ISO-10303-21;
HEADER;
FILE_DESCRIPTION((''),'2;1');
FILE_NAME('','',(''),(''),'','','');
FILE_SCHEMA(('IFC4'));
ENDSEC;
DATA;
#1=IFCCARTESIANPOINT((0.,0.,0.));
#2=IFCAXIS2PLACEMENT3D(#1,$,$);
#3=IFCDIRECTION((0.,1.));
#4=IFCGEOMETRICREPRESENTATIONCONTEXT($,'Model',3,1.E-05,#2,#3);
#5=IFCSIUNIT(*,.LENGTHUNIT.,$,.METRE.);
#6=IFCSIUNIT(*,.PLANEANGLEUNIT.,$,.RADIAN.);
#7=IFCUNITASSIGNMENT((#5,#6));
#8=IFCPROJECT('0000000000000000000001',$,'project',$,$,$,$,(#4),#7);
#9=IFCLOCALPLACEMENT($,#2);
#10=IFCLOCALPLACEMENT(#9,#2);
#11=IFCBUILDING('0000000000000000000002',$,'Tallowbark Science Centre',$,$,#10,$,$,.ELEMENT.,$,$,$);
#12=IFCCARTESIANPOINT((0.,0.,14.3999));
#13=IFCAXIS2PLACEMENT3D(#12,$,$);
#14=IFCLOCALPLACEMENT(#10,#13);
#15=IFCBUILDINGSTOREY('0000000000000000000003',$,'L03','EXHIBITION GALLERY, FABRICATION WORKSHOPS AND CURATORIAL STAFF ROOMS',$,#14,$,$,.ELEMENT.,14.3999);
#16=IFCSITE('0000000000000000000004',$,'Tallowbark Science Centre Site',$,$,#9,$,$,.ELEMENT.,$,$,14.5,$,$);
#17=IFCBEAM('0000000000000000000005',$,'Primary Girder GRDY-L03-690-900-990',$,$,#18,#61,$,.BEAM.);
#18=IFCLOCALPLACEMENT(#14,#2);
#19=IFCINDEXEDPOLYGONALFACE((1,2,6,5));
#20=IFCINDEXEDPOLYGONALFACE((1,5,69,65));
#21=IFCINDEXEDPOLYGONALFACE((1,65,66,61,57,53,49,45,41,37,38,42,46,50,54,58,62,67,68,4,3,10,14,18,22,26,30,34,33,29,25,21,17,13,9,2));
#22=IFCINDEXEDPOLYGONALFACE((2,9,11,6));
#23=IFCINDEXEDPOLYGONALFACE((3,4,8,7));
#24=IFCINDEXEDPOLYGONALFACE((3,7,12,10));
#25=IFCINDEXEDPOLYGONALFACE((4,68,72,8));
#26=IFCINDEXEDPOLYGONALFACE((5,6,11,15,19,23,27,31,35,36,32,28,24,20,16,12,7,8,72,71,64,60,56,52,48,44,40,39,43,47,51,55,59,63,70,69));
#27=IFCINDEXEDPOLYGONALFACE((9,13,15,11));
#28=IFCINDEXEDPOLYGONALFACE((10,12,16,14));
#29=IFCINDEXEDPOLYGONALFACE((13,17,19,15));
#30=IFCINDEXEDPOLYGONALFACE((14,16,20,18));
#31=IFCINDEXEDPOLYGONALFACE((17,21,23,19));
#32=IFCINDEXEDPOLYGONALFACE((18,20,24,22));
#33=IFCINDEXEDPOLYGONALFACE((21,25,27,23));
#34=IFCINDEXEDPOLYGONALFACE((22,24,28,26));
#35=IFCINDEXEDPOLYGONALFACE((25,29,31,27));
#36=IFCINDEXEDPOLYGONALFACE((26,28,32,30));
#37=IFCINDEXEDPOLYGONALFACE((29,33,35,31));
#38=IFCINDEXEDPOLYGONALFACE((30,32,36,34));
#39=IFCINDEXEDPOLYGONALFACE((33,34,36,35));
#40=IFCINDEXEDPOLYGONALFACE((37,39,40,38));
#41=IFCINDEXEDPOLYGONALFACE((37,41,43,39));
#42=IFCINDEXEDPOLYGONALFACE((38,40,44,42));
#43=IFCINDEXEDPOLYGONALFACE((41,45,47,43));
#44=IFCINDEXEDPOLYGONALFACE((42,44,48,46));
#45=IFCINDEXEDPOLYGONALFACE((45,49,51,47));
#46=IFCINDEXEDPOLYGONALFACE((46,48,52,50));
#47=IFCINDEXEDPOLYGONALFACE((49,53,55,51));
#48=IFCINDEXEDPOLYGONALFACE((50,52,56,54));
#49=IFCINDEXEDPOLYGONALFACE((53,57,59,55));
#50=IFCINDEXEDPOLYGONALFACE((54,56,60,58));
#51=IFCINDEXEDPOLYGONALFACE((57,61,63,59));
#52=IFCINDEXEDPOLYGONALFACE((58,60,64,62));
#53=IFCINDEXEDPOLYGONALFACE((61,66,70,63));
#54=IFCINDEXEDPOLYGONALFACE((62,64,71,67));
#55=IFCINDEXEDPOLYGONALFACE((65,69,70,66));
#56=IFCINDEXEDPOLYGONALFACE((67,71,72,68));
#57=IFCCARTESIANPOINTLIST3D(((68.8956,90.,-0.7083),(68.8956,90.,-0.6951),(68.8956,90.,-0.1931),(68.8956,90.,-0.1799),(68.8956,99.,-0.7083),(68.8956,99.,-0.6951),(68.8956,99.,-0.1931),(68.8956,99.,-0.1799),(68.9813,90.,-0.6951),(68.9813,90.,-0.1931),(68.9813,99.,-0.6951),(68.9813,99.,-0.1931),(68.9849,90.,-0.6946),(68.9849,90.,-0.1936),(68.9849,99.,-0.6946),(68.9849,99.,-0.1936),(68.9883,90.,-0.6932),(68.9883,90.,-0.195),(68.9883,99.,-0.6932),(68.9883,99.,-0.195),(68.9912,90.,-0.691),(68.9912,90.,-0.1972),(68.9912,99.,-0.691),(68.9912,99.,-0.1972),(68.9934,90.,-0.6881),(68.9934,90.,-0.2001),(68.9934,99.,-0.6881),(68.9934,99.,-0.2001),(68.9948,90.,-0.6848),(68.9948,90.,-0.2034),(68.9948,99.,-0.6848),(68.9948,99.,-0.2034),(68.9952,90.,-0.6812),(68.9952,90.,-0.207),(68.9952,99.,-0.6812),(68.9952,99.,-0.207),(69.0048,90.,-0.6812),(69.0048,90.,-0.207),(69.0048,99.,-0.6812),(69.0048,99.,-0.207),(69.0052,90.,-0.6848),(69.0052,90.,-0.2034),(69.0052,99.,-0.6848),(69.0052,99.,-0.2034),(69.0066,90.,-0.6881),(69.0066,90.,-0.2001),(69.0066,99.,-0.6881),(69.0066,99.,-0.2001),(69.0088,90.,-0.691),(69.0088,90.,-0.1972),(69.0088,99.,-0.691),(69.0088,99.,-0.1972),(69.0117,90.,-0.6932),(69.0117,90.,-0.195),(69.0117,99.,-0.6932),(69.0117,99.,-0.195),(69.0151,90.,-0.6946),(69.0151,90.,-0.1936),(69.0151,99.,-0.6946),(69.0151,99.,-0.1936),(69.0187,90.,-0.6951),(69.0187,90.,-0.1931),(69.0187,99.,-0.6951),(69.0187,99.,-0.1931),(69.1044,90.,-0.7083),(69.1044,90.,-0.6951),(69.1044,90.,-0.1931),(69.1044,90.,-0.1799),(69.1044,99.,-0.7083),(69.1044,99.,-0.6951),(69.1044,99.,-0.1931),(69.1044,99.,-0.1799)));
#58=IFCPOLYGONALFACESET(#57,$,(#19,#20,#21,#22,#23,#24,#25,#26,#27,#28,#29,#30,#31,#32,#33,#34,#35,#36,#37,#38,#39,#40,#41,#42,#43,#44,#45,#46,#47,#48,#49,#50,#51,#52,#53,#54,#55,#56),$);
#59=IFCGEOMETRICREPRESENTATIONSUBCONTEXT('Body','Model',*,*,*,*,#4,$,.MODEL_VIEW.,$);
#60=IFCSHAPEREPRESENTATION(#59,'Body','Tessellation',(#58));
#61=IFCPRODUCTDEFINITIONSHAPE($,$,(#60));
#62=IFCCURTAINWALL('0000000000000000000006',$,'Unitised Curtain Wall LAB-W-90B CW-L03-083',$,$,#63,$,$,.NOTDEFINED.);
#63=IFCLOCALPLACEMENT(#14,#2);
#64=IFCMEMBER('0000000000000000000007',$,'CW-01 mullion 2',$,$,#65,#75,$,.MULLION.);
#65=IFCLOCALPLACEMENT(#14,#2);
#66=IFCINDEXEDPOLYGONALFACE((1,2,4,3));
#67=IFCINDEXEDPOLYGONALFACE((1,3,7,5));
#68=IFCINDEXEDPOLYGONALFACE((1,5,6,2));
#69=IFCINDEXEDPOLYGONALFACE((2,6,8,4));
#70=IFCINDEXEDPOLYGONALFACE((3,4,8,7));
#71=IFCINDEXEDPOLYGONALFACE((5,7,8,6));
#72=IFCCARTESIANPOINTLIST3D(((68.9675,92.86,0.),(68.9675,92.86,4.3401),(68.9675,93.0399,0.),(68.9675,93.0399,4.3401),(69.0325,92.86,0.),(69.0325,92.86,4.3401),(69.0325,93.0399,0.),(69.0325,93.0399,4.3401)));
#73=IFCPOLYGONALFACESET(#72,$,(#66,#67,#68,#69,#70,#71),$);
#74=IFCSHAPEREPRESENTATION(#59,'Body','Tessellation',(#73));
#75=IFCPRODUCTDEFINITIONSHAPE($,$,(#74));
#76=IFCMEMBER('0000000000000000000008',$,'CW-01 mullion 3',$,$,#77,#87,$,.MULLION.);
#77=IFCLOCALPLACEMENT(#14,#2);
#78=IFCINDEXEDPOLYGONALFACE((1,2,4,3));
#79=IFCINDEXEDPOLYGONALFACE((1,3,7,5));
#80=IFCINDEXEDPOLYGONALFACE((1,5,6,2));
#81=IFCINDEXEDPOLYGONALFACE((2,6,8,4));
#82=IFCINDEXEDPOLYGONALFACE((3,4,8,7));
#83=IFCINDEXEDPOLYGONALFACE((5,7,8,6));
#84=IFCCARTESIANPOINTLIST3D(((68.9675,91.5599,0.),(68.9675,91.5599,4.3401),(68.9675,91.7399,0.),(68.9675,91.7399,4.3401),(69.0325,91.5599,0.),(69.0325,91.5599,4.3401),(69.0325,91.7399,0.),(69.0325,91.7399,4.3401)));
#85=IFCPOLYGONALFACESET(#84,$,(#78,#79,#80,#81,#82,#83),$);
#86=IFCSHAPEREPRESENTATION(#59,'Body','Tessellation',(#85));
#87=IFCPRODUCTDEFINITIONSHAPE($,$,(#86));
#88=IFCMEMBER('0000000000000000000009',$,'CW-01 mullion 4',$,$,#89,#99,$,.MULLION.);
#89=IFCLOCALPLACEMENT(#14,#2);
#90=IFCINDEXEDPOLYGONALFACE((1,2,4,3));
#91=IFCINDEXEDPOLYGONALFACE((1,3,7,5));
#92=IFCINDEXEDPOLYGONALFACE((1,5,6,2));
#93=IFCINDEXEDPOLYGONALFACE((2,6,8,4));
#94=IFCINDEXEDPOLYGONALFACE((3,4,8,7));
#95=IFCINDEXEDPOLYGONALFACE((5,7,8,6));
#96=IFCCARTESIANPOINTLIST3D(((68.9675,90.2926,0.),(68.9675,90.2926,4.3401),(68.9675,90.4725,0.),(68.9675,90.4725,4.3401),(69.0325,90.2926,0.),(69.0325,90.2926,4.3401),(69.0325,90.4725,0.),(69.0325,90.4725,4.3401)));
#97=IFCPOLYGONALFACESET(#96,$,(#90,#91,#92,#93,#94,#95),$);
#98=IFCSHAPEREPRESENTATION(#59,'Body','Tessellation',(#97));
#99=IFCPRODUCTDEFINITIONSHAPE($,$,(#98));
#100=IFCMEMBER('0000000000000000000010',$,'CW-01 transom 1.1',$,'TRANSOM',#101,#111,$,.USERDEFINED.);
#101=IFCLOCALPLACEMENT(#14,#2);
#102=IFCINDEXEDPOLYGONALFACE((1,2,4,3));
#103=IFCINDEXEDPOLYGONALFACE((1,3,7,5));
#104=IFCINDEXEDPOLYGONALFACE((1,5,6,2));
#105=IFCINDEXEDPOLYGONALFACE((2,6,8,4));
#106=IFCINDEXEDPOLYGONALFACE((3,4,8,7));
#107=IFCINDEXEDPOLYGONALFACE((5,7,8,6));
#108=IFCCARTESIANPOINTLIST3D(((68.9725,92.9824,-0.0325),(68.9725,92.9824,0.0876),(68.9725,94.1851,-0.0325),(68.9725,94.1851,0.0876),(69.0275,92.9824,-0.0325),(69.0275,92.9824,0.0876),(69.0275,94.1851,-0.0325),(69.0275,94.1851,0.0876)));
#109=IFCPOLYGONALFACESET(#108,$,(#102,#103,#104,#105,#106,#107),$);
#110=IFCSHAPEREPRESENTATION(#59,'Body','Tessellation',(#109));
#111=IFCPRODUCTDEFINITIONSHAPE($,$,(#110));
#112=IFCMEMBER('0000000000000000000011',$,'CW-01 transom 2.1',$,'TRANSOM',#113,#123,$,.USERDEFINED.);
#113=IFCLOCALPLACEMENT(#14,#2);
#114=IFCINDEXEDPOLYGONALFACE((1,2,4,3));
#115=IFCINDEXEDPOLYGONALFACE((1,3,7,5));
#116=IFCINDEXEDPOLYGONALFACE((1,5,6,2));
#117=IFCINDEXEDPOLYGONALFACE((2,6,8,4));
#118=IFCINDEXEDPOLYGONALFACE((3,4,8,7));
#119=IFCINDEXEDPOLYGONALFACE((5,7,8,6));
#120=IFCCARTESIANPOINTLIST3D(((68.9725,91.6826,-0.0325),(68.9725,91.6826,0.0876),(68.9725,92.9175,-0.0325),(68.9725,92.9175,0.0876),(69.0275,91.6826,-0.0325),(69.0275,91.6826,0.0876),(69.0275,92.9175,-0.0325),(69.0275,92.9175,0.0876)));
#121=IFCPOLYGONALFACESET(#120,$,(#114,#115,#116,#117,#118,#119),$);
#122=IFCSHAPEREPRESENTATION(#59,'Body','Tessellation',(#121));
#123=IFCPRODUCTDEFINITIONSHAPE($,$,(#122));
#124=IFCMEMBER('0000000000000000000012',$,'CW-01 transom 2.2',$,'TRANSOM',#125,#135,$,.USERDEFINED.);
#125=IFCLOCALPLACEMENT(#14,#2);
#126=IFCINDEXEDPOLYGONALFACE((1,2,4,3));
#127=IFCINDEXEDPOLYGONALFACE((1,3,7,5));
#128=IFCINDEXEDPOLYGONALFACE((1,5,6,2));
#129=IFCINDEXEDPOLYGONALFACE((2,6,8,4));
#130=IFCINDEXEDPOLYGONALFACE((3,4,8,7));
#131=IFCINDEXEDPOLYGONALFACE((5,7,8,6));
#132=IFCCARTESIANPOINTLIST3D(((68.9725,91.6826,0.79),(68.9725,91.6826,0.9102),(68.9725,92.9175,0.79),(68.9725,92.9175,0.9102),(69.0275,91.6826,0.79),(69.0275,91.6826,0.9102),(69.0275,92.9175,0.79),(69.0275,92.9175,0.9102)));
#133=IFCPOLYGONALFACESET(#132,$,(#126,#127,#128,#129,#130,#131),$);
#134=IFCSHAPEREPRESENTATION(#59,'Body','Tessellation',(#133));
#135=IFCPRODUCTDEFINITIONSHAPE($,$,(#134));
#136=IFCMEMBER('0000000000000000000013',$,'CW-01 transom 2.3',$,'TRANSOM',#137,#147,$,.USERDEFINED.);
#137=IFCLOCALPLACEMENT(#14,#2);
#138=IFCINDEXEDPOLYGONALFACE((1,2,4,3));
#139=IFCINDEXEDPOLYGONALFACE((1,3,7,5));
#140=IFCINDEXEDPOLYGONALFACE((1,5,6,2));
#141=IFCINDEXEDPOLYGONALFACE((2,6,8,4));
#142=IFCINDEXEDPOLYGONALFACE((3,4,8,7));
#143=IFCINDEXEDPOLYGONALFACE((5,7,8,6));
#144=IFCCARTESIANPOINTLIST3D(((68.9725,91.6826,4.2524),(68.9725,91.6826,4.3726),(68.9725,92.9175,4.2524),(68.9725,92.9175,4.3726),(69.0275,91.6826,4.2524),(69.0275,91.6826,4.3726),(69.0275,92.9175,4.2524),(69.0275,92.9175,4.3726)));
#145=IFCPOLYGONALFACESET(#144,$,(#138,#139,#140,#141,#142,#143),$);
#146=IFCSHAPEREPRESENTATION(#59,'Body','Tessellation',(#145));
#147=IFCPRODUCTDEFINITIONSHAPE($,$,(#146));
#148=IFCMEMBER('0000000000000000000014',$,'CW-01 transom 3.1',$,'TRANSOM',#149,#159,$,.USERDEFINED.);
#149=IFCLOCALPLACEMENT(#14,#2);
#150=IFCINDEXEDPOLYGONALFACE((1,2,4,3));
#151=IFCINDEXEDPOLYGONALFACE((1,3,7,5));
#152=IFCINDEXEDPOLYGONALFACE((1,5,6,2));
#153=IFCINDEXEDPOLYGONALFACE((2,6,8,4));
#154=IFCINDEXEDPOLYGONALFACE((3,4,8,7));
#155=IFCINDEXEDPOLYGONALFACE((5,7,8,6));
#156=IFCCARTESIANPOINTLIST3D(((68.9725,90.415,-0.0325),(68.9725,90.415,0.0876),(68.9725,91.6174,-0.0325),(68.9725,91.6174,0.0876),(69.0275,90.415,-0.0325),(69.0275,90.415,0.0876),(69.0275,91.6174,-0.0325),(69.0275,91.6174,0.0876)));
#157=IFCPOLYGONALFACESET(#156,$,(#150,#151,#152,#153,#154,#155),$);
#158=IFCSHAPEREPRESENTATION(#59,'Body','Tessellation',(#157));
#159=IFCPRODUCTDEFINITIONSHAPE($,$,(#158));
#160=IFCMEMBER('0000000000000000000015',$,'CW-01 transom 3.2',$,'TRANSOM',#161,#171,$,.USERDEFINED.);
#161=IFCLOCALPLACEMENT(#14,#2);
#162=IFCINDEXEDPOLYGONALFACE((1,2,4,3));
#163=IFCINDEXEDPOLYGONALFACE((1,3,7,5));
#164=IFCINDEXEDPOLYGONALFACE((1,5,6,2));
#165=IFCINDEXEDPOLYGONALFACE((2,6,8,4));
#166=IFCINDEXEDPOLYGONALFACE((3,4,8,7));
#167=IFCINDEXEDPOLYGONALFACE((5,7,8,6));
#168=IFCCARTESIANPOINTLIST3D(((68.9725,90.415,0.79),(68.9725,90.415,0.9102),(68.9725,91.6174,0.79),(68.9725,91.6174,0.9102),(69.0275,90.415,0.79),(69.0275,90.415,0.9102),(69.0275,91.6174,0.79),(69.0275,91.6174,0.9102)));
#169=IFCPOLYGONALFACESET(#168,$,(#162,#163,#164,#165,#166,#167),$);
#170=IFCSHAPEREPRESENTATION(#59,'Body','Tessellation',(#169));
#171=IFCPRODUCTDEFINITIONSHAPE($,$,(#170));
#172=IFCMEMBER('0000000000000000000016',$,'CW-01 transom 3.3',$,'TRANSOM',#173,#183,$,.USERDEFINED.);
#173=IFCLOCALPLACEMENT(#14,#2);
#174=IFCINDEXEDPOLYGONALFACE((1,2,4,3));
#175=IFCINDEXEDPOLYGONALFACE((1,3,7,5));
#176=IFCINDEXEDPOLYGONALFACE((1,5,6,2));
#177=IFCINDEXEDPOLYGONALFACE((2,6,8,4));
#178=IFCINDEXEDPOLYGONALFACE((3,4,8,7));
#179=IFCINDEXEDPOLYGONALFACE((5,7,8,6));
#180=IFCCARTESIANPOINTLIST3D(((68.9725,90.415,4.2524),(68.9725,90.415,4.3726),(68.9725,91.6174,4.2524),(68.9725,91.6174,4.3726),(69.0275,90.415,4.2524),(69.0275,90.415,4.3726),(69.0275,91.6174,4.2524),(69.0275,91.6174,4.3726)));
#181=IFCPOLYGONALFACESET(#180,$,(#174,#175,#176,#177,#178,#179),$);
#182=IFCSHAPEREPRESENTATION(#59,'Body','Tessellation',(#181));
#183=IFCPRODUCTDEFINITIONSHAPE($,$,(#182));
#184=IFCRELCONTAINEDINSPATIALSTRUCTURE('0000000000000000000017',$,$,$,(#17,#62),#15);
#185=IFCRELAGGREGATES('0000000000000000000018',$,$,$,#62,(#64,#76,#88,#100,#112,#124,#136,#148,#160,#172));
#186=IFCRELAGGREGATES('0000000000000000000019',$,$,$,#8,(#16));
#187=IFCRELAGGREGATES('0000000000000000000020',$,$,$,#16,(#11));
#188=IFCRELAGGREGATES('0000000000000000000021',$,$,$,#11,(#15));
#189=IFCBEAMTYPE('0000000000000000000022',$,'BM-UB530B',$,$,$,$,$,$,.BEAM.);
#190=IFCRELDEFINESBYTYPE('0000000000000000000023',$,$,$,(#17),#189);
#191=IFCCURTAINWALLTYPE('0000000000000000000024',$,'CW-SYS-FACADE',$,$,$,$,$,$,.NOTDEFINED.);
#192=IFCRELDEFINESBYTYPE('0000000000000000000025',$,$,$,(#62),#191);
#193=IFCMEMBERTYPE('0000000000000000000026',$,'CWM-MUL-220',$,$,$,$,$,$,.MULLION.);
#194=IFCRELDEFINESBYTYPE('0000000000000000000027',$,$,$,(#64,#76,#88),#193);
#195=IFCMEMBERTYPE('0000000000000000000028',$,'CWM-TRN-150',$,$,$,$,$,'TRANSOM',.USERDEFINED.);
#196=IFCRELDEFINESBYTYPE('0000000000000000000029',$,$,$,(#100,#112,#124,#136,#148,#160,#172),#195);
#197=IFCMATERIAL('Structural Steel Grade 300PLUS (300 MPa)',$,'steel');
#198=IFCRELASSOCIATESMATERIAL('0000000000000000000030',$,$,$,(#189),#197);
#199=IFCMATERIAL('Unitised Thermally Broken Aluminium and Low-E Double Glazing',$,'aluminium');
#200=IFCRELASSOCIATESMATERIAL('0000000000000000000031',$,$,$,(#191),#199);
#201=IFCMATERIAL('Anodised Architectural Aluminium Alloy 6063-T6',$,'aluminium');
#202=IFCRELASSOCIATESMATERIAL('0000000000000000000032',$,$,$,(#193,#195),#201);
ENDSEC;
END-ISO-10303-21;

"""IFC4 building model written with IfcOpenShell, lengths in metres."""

from ifc_helpers import new_model, si_unit, direction, frame, origin, origin_2d, place, context, subcontext, project, spatial, rectangle, i_section, extrude, material, material_profile, profile_set, type_object, element, aggregate, save


model = new_model("IFC4")

# Units and contexts
model_context = context("Model", 3, precision=1e-05, world=origin(), true_north=direction((0.0, 1.0)))
body_context = subcontext(model_context, "Body", "Model", "MODEL_VIEW")
ifc_project = project(units=[si_unit("LENGTHUNIT", "METRE"), si_unit("PLANEANGLEUNIT", "RADIAN")], contexts=[model_context])

# Site, building, storey
site_placement = place(None, origin())
site = spatial("IfcSite", under=ifc_project, at=site_placement, Name="Tallowbark Science Centre Site", CompositionType="ELEMENT", RefElevation=14.5)
building_placement = place(site_placement, origin())
building = spatial("IfcBuilding", under=site, at=building_placement, Name="Tallowbark Science Centre", CompositionType="ELEMENT")
storey_placement = place(building_placement, frame((0.0, 0.0, 14.3999)))
storey = spatial("IfcBuildingStorey", under=building, at=storey_placement, Name="L03", Description="EXHIBITION GALLERY, FABRICATION WORKSHOPS AND CURATORIAL STAFF ROOMS", CompositionType="ELEMENT", Elevation=14.3999)

# Shared definitions
ifc_material_1 = material(Name="Structural Steel Grade 300PLUS (300 MPa)", Category="steel")

# Beam
ifc_material_profile_1 = material_profile(ifc_material_1, i_section(OverallWidth=0.2087, OverallDepth=0.5283, WebThickness=0.0095, FlangeThickness=0.0132, FilletRadius=0.0139, at=origin_2d()), Name="530UB82.0")
ifc_profile_set_1 = profile_set([ifc_material_profile_1], Name="Structural Steel Grade 300PLUS (300 MPa)")
beam_type_1 = type_object("IfcBeamType", Name="BM-UB530B", PredefinedType="BEAM", material=ifc_profile_set_1)
for number, where, z_axis, x_axis, name in (
    (1, (69.0, 90.0, -0.4441), (0.0, 1.0, 0.0), (-1.0, 0.0, 0.0), "Primary Girder GRDY-L03-690-900-990"),
):
    element("IfcBeam", number, at=place(storey_placement, frame(where, z_axis=z_axis, x_axis=x_axis)), inside=storey, type_object=beam_type_1, Name=name, PredefinedType="BEAM", context=body_context, shape_type="SweptSolid", body=[
        extrude(i_section(OverallWidth=0.2087, OverallDepth=0.5283, WebThickness=0.0095, FlangeThickness=0.0132, FilletRadius=0.0139, at=origin_2d()), origin(), (0.0, 0.0, 1.0), 9.0),
    ])

# Curtain wall, members
ifc_material_2 = material(Name="Unitised Thermally Broken Aluminium and Low-E Double Glazing", Category="aluminium")
curtain_wall_type = type_object("IfcCurtainWallType", Name="CW-SYS-FACADE", PredefinedType="NOTDEFINED", material=ifc_material_2)
curtain_wall_placement = place(storey_placement, origin())
curtain_wall = element("IfcCurtainWall", 2, at=curtain_wall_placement, inside=storey, type_object=curtain_wall_type, Name="Unitised Curtain Wall LAB-W-90B CW-L03-083", PredefinedType="NOTDEFINED")
ifc_material_3 = material(Name="Anodised Architectural Aluminium Alloy 6063-T6", Category="aluminium")
ifc_material_profile_2 = material_profile(ifc_material_3, rectangle(XDim=0.0649, YDim=0.1799, at=origin_2d()), Name="ALU65x180")
ifc_profile_set_2 = profile_set([ifc_material_profile_2], Name="Anodised Architectural Aluminium Alloy 6063-T6")
member_type_1 = type_object("IfcMemberType", Name="CWM-MUL-220", PredefinedType="MULLION", material=ifc_profile_set_2)
member_1_placement = place(storey_placement, frame((69.0, 92.95, 0.0), z_axis=(0.0, 0.0, 1.0), x_axis=(1.0, 0.0, 0.0)))
member_1 = element("IfcMember", 3, at=member_1_placement, type_object=member_type_1, Name="CW-01 mullion 2", PredefinedType="MULLION", context=body_context, shape_type="SweptSolid", body=[
    extrude(rectangle(XDim=0.0649, YDim=0.1799, at=origin_2d()), origin(), (0.0, 0.0, 1.0), 4.3401),
])
member_2_placement = place(storey_placement, frame((69.0, 91.6499, 0.0), z_axis=(0.0, 0.0, 1.0), x_axis=(1.0, 0.0, 0.0)))
member_2 = element("IfcMember", 4, at=member_2_placement, type_object=member_type_1, Name="CW-01 mullion 3", PredefinedType="MULLION", context=body_context, shape_type="SweptSolid", body=[
    extrude(rectangle(XDim=0.0649, YDim=0.1799, at=origin_2d()), origin(), (0.0, 0.0, 1.0), 4.3401),
])
member_3_placement = place(storey_placement, frame((69.0, 90.3826, 0.0), z_axis=(0.0, 0.0, 1.0), x_axis=(1.0, 0.0, 0.0)))
member_3 = element("IfcMember", 5, at=member_3_placement, type_object=member_type_1, Name="CW-01 mullion 4", PredefinedType="MULLION", context=body_context, shape_type="SweptSolid", body=[
    extrude(rectangle(XDim=0.0649, YDim=0.1799, at=origin_2d()), origin(), (0.0, 0.0, 1.0), 4.3401),
])
ifc_material_profile_3 = material_profile(ifc_material_3, rectangle(XDim=0.0549, YDim=0.1201, at=origin_2d()), Name="ALU55x120")
ifc_profile_set_3 = profile_set([ifc_material_profile_3], Name="Anodised Architectural Aluminium Alloy 6063-T6")
member_type_2 = type_object("IfcMemberType", Name="CWM-TRN-150", ElementType="TRANSOM", PredefinedType="USERDEFINED", material=ifc_profile_set_3)
member_4_placement = place(storey_placement, frame((69.0, 94.1851, 0.0276), z_axis=(0.0, -1.0, 0.0), x_axis=(1.0, 0.0, 0.0)))
member_4 = element("IfcMember", 6, at=member_4_placement, type_object=member_type_2, Name="CW-01 transom 1.1", ObjectType="TRANSOM", PredefinedType="USERDEFINED", context=body_context, shape_type="SweptSolid", body=[
    extrude(rectangle(XDim=0.0549, YDim=0.1201, at=origin_2d()), origin(), (0.0, 0.0, 1.0), 1.2026),
])
member_5_placement = place(storey_placement, frame((69.0, 92.9175, 0.0276), z_axis=(0.0, -1.0, 0.0), x_axis=(1.0, 0.0, 0.0)))
member_5 = element("IfcMember", 7, at=member_5_placement, type_object=member_type_2, Name="CW-01 transom 2.1", ObjectType="TRANSOM", PredefinedType="USERDEFINED", context=body_context, shape_type="SweptSolid", body=[
    extrude(rectangle(XDim=0.0549, YDim=0.1201, at=origin_2d()), origin(), (0.0, 0.0, 1.0), 1.2349),
])
member_6_placement = place(storey_placement, frame((69.0, 92.9175, 0.8501), z_axis=(0.0, -1.0, 0.0), x_axis=(1.0, 0.0, 0.0)))
member_6 = element("IfcMember", 8, at=member_6_placement, type_object=member_type_2, Name="CW-01 transom 2.2", ObjectType="TRANSOM", PredefinedType="USERDEFINED", context=body_context, shape_type="SweptSolid", body=[
    extrude(rectangle(XDim=0.0549, YDim=0.1201, at=origin_2d()), origin(), (0.0, 0.0, 1.0), 1.2349),
])
member_7_placement = place(storey_placement, frame((69.0, 92.9175, 4.3125), z_axis=(0.0, -1.0, 0.0), x_axis=(1.0, 0.0, 0.0)))
member_7 = element("IfcMember", 9, at=member_7_placement, type_object=member_type_2, Name="CW-01 transom 2.3", ObjectType="TRANSOM", PredefinedType="USERDEFINED", context=body_context, shape_type="SweptSolid", body=[
    extrude(rectangle(XDim=0.0549, YDim=0.1201, at=origin_2d()), origin(), (0.0, 0.0, 1.0), 1.2349),
])
member_8_placement = place(storey_placement, frame((69.0, 91.6174, 0.0276), z_axis=(0.0, -1.0, 0.0), x_axis=(1.0, 0.0, 0.0)))
member_8 = element("IfcMember", 10, at=member_8_placement, type_object=member_type_2, Name="CW-01 transom 3.1", ObjectType="TRANSOM", PredefinedType="USERDEFINED", context=body_context, shape_type="SweptSolid", body=[
    extrude(rectangle(XDim=0.0549, YDim=0.1201, at=origin_2d()), origin(), (0.0, 0.0, 1.0), 1.2024),
])
member_9_placement = place(storey_placement, frame((69.0, 91.6174, 0.8501), z_axis=(0.0, -1.0, 0.0), x_axis=(1.0, 0.0, 0.0)))
member_9 = element("IfcMember", 11, at=member_9_placement, type_object=member_type_2, Name="CW-01 transom 3.2", ObjectType="TRANSOM", PredefinedType="USERDEFINED", context=body_context, shape_type="SweptSolid", body=[
    extrude(rectangle(XDim=0.0549, YDim=0.1201, at=origin_2d()), origin(), (0.0, 0.0, 1.0), 1.2024),
])
member_10_placement = place(storey_placement, frame((69.0, 91.6174, 4.3125), z_axis=(0.0, -1.0, 0.0), x_axis=(1.0, 0.0, 0.0)))
member_10 = element("IfcMember", 12, at=member_10_placement, type_object=member_type_2, Name="CW-01 transom 3.3", ObjectType="TRANSOM", PredefinedType="USERDEFINED", context=body_context, shape_type="SweptSolid", body=[
    extrude(rectangle(XDim=0.0549, YDim=0.1201, at=origin_2d()), origin(), (0.0, 0.0, 1.0), 1.2024),
])

aggregate(curtain_wall, [member_1, member_2, member_3, member_4, member_5, member_6, member_7, member_8, member_9, member_10])

save(model, "model.ifc")
